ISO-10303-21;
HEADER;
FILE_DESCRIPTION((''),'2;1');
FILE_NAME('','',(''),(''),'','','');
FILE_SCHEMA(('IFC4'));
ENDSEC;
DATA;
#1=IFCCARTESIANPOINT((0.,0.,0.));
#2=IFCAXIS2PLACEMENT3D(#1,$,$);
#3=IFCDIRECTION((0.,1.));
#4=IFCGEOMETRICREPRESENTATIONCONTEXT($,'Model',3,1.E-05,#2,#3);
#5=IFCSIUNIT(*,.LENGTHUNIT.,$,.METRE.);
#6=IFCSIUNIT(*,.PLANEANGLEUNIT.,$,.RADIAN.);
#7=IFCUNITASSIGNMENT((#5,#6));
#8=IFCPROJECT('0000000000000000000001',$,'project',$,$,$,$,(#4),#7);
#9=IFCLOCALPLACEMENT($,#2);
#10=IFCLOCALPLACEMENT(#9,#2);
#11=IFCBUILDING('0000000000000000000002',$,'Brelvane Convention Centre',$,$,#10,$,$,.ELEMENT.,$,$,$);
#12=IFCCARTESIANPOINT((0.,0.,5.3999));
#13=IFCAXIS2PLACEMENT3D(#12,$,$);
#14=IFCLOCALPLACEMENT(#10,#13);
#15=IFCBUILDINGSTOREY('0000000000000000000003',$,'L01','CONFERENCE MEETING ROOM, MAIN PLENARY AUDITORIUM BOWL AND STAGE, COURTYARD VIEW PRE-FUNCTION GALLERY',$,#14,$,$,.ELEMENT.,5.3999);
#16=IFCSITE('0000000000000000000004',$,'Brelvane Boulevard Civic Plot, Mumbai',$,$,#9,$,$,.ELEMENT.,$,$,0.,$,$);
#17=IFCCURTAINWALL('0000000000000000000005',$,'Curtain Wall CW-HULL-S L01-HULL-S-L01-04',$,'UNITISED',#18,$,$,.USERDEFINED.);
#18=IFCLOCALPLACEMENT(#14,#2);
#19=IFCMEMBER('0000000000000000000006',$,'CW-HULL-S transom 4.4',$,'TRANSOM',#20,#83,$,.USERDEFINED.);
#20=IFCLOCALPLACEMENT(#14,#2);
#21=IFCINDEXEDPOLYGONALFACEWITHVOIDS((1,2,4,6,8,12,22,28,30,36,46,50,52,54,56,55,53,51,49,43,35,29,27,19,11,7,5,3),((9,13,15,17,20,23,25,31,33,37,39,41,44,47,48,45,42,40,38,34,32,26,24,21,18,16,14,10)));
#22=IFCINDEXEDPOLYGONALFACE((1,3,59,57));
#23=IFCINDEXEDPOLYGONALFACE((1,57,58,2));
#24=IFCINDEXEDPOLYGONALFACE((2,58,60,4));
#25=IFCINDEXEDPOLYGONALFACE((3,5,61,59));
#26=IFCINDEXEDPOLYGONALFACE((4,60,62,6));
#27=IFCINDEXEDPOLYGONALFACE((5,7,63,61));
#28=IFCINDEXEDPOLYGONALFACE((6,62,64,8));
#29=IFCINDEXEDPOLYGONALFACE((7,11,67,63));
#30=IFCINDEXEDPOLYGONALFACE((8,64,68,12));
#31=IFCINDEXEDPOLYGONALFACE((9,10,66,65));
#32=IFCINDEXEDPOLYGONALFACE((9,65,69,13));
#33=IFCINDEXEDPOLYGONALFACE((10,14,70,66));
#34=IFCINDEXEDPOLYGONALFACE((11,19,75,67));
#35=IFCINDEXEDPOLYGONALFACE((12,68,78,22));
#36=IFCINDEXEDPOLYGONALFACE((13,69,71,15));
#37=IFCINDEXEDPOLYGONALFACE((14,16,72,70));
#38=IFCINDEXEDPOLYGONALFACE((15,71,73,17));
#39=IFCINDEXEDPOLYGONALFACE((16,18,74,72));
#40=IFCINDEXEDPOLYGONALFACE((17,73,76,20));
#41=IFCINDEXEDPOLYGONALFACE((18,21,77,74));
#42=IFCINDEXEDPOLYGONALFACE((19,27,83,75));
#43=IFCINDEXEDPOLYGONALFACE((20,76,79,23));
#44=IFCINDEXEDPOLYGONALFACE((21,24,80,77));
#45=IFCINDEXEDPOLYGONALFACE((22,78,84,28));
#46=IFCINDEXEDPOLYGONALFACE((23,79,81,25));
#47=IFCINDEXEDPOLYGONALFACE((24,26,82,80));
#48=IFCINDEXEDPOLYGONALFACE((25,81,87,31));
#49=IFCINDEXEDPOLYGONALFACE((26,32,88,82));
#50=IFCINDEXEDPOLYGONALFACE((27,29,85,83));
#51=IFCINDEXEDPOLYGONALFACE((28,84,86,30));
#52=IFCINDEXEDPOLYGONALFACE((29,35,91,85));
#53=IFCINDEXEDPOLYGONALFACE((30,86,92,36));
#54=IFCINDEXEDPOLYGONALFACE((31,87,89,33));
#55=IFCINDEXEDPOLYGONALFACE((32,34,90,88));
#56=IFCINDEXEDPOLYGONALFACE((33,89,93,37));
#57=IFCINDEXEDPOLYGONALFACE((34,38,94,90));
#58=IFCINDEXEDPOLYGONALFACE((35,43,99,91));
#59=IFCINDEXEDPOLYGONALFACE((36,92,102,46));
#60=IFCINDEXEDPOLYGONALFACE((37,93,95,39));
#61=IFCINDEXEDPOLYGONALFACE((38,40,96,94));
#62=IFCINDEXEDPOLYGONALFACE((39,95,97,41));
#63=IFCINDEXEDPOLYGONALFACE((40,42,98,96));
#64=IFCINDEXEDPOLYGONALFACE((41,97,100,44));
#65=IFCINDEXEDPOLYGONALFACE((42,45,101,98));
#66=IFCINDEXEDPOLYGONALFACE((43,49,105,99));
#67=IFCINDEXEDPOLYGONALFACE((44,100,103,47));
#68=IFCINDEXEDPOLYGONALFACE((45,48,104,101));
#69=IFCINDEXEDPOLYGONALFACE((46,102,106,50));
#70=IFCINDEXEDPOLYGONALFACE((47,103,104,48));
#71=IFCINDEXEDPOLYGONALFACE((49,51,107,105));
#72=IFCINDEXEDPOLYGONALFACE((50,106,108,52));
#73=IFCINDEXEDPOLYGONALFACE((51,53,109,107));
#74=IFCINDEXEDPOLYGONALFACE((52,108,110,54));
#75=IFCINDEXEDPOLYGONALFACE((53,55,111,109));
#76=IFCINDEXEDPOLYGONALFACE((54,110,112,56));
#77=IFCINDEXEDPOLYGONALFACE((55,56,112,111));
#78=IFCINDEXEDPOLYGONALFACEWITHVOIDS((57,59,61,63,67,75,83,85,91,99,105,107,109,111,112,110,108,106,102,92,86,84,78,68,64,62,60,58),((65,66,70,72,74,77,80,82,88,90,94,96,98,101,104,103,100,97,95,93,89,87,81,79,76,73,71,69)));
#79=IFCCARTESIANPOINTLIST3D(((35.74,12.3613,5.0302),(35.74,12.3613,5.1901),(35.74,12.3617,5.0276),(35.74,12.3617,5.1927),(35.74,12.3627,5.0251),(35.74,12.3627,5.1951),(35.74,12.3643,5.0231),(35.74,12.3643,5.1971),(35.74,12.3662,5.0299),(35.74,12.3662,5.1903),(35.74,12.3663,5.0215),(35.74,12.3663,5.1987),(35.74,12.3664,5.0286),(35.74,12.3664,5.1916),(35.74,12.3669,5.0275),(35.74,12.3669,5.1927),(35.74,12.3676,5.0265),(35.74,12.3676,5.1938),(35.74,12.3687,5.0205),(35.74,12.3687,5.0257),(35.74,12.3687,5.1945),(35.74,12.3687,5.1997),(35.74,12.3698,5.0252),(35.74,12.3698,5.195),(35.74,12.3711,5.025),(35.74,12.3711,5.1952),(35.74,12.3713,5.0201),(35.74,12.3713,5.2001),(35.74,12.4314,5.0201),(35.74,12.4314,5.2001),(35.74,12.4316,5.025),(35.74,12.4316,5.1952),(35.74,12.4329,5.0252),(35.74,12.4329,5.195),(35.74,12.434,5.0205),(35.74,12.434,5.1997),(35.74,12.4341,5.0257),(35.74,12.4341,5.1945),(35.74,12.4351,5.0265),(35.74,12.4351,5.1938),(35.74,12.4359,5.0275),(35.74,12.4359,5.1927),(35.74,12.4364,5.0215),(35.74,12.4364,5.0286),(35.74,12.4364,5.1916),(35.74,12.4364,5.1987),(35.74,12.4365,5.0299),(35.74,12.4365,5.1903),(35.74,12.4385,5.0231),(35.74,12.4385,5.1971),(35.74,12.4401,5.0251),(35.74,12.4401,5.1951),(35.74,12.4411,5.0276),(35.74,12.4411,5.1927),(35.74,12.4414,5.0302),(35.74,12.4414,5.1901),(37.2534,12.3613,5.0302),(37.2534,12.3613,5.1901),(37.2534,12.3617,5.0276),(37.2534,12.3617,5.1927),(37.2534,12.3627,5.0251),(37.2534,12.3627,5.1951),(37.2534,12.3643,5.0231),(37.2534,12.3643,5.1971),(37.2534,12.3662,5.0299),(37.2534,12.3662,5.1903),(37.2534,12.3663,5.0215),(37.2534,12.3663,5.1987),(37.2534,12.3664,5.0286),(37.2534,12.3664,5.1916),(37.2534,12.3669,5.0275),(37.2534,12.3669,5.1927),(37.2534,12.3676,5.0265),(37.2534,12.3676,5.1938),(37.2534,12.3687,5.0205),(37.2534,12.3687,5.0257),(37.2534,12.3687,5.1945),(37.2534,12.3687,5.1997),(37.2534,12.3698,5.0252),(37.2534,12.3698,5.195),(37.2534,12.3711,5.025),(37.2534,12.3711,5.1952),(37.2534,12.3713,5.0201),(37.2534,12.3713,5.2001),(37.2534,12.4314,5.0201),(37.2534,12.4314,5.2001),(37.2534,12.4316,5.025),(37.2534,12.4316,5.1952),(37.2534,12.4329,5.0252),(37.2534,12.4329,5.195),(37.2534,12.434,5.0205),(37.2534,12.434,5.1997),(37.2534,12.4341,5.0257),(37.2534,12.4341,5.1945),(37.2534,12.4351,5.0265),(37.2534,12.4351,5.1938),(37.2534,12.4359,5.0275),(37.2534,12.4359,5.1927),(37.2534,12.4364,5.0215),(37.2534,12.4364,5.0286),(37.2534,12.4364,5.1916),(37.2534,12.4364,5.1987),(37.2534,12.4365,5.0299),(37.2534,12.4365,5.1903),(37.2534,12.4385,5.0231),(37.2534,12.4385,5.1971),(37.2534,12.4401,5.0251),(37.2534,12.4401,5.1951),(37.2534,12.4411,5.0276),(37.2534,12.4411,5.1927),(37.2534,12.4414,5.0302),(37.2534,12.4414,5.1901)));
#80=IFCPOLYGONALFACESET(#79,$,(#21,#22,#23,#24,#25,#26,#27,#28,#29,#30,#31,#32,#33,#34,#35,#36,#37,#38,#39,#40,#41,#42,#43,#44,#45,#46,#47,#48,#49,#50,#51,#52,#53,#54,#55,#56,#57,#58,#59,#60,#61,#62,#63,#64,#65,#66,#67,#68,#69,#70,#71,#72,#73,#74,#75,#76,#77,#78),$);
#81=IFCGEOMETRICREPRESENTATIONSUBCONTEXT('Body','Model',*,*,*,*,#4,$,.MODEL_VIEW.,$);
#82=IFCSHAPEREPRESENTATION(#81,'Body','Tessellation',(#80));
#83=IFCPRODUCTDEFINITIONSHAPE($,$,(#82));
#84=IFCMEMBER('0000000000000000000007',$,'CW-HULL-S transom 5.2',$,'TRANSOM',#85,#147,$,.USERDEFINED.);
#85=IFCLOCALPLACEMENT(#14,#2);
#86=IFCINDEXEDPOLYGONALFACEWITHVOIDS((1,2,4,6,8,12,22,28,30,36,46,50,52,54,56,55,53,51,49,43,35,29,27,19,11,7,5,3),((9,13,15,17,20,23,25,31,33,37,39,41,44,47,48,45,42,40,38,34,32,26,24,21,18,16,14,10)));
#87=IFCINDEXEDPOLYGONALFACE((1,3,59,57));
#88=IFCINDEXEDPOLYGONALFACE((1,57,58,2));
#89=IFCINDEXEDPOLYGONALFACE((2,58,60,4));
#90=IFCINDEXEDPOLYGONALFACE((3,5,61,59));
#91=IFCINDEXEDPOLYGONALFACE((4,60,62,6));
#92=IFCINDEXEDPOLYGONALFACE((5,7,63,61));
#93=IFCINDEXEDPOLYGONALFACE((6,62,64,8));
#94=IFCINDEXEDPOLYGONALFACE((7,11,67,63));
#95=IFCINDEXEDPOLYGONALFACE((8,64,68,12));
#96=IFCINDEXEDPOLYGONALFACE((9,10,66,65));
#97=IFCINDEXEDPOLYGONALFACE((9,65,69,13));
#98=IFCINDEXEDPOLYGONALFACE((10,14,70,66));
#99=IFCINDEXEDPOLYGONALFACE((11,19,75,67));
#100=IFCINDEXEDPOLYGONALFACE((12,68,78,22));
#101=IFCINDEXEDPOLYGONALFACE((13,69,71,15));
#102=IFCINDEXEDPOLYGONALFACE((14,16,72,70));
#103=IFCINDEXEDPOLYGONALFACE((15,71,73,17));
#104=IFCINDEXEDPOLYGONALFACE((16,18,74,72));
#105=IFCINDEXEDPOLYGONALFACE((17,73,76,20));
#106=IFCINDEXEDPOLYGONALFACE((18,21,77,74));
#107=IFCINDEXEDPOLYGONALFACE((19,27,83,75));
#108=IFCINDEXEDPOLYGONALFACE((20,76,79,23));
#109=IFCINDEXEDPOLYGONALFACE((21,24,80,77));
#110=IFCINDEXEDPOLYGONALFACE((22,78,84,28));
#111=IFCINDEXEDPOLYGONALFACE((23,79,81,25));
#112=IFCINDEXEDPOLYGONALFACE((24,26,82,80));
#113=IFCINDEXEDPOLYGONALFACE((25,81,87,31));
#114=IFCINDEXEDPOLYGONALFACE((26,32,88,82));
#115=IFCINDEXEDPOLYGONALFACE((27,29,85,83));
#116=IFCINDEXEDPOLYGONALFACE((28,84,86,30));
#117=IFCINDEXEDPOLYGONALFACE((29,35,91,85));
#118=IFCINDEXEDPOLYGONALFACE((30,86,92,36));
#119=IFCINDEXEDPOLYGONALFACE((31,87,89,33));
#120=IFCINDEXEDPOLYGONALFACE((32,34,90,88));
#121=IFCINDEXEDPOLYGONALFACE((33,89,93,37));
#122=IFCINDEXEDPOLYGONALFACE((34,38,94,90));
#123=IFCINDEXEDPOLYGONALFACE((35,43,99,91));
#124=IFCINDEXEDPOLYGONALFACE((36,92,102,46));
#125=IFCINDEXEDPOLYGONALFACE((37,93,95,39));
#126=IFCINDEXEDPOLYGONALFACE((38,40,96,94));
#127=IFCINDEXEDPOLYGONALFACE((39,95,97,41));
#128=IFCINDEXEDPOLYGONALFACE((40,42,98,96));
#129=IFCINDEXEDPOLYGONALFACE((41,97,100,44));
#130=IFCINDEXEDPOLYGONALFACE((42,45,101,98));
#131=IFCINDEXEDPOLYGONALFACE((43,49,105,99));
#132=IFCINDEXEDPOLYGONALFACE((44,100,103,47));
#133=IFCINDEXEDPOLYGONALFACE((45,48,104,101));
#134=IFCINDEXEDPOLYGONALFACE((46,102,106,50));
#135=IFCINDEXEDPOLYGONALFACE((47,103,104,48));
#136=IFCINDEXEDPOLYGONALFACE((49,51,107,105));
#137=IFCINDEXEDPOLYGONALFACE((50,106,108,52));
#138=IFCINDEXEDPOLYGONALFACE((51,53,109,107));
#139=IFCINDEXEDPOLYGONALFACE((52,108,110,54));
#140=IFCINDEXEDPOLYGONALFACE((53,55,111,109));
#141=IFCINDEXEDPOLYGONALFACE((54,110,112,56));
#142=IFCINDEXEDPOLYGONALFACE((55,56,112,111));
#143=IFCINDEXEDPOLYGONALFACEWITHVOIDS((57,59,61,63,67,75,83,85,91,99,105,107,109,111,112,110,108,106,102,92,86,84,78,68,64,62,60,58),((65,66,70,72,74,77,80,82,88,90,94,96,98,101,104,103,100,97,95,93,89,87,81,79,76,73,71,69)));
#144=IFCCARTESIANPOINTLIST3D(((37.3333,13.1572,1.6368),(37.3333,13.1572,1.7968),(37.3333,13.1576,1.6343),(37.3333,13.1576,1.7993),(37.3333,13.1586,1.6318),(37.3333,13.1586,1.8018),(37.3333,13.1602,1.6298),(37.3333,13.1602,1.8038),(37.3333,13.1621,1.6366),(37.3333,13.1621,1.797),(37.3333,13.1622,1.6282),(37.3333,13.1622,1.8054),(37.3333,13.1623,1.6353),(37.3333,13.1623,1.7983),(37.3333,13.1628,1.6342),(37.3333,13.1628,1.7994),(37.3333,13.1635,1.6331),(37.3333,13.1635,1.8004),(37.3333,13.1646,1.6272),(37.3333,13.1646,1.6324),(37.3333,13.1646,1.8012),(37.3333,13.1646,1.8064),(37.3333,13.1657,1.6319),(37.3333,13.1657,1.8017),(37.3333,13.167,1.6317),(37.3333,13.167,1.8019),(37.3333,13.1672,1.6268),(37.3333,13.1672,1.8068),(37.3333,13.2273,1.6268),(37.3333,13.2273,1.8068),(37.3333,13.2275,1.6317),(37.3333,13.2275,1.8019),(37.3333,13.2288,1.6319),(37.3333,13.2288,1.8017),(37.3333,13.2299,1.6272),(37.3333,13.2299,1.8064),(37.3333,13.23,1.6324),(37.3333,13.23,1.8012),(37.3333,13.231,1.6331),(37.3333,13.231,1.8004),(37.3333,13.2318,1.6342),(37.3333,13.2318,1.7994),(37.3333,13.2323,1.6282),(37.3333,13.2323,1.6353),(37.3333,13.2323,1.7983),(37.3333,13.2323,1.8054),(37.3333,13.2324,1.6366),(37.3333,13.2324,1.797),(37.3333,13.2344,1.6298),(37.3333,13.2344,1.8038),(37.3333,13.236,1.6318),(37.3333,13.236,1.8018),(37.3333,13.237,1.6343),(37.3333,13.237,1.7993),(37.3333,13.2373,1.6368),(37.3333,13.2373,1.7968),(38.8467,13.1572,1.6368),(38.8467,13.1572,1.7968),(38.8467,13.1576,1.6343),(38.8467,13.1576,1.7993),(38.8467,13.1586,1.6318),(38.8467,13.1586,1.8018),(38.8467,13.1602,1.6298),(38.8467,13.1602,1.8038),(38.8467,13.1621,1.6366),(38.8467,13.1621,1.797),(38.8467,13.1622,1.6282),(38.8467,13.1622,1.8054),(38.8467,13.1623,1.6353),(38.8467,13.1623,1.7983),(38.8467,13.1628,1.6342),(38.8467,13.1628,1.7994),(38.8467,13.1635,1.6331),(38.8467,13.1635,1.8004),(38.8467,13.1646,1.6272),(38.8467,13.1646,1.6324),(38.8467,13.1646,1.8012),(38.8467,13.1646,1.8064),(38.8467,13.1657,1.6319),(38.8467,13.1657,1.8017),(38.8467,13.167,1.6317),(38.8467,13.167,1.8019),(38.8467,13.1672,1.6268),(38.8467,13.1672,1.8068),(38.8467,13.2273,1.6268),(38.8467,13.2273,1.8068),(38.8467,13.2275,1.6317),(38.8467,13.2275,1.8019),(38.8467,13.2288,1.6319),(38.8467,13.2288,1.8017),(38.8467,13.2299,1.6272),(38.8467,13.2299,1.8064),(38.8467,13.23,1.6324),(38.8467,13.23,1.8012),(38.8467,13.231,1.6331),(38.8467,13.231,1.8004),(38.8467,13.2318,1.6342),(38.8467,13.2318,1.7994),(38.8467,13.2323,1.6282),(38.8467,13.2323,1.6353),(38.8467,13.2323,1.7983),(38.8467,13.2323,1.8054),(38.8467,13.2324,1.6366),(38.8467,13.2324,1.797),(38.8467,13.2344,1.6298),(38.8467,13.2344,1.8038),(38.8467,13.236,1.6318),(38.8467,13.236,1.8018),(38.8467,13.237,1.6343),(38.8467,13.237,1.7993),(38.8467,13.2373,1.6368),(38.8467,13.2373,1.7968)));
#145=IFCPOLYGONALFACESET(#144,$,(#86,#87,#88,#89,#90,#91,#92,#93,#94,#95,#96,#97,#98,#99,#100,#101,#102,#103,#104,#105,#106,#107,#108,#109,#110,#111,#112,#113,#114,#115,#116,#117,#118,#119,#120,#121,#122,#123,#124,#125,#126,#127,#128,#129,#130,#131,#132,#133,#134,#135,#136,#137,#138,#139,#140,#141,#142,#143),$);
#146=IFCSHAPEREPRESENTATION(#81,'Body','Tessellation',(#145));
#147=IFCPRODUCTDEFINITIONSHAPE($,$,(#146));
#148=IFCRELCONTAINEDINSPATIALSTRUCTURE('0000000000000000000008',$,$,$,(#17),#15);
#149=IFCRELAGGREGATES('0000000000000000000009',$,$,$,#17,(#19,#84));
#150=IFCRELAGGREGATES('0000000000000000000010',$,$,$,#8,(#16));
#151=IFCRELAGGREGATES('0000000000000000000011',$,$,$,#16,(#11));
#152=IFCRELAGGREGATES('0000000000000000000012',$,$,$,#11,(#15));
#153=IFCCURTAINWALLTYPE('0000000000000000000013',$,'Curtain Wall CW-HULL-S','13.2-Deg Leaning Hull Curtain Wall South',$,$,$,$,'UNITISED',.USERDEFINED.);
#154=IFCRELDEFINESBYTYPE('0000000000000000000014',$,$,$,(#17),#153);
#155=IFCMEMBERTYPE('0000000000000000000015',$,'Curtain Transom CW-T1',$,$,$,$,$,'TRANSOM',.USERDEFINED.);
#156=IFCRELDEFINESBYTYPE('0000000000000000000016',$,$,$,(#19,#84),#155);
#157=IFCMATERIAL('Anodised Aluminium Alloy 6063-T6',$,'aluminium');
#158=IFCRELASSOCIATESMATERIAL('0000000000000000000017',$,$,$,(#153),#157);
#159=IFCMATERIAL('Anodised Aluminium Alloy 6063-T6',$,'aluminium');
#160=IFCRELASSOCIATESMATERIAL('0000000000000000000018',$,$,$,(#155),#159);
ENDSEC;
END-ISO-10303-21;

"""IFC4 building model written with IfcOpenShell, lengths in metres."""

from ifc_helpers import new_model, si_unit, direction, frame, origin, origin_2d, place, context, subcontext, project, spatial, hollow_rectangle, extrude, material, material_profile, profile_set, type_object, element, aggregate, save


model = new_model("IFC4")

# Units and contexts
model_context = context("Model", 3, precision=1e-05, world=origin(), true_north=direction((0.0, 1.0)))
body_context = subcontext(model_context, "Body", "Model", "MODEL_VIEW")
ifc_project = project(units=[si_unit("LENGTHUNIT", "METRE"), si_unit("PLANEANGLEUNIT", "RADIAN")], contexts=[model_context])

# Site, building, storey
site_placement = place(None, origin())
site = spatial("IfcSite", under=ifc_project, at=site_placement, Name="Brelvane Boulevard Civic Plot, Mumbai", CompositionType="ELEMENT", RefElevation=0.0)
building_placement = place(site_placement, origin())
building = spatial("IfcBuilding", under=site, at=building_placement, Name="Brelvane Convention Centre", CompositionType="ELEMENT")
storey_placement = place(building_placement, frame((0.0, 0.0, 5.3999)))
storey = spatial("IfcBuildingStorey", under=building, at=storey_placement, Name="L01", Description="CONFERENCE MEETING ROOM, MAIN PLENARY AUDITORIUM BOWL AND STAGE, COURTYARD VIEW PRE-FUNCTION GALLERY", CompositionType="ELEMENT", Elevation=5.3999)

# Curtain wall, members
ifc_material_1 = material(Name="Anodised Aluminium Alloy 6063-T6", Category="aluminium")
curtain_wall_type = type_object("IfcCurtainWallType", Name="Curtain Wall CW-HULL-S", Description="13.2-Deg Leaning Hull Curtain Wall South", ElementType="UNITISED", PredefinedType="USERDEFINED", material=ifc_material_1)
curtain_wall_1_placement = place(storey_placement, origin())
curtain_wall_1 = element("IfcCurtainWall", 1, at=curtain_wall_1_placement, inside=storey, type_object=curtain_wall_type, Name="Curtain Wall CW-HULL-S L01-HULL-S-L01-04", ObjectType="UNITISED", PredefinedType="USERDEFINED")
ifc_material_2 = material(Name="Anodised Aluminium Alloy 6063-T6", Category="aluminium")
ifc_material_profile = material_profile(ifc_material_2, hollow_rectangle(XDim=0.0801, YDim=0.1799, WallThickness=0.0049, InnerFilletRadius=0.0049, OuterFilletRadius=0.01, at=origin_2d()), Name="ALU-T 180x80x5.0")
ifc_profile_set = profile_set([ifc_material_profile], Name="Anodised Aluminium Alloy 6063-T6")
member_type = type_object("IfcMemberType", Name="Curtain Transom CW-T1", ElementType="TRANSOM", PredefinedType="USERDEFINED", material=ifc_profile_set)
member_1_placement = place(storey_placement, frame((35.74, 12.4014, 5.1101), z_axis=(1.0, 0.0, 0.0), x_axis=(0.0, 1.0, 0.0)))
member_1 = element("IfcMember", 2, at=member_1_placement, type_object=member_type, Name="CW-HULL-S transom 4.4", ObjectType="TRANSOM", PredefinedType="USERDEFINED", context=body_context, shape_type="SweptSolid", body=[
    extrude(hollow_rectangle(XDim=0.0801, YDim=0.1799, WallThickness=0.0049, InnerFilletRadius=0.0049, OuterFilletRadius=0.01, at=origin_2d()), origin(), (0.0, 0.0, 1.0), 1.5134),
])
member_2_placement = place(storey_placement, frame((37.3333, 13.1973, 1.7168), z_axis=(1.0, 0.0, 0.0), x_axis=(0.0, 1.0, 0.0)))
member_2 = element("IfcMember", 3, at=member_2_placement, type_object=member_type, Name="CW-HULL-S transom 5.2", ObjectType="TRANSOM", PredefinedType="USERDEFINED", context=body_context, shape_type="SweptSolid", body=[
    extrude(hollow_rectangle(XDim=0.0801, YDim=0.1799, WallThickness=0.0049, InnerFilletRadius=0.0049, OuterFilletRadius=0.01, at=origin_2d()), origin(), (0.0, 0.0, 1.0), 1.5134),
])

aggregate(curtain_wall_1, [member_1, member_2])

save(model, "model.ifc")
